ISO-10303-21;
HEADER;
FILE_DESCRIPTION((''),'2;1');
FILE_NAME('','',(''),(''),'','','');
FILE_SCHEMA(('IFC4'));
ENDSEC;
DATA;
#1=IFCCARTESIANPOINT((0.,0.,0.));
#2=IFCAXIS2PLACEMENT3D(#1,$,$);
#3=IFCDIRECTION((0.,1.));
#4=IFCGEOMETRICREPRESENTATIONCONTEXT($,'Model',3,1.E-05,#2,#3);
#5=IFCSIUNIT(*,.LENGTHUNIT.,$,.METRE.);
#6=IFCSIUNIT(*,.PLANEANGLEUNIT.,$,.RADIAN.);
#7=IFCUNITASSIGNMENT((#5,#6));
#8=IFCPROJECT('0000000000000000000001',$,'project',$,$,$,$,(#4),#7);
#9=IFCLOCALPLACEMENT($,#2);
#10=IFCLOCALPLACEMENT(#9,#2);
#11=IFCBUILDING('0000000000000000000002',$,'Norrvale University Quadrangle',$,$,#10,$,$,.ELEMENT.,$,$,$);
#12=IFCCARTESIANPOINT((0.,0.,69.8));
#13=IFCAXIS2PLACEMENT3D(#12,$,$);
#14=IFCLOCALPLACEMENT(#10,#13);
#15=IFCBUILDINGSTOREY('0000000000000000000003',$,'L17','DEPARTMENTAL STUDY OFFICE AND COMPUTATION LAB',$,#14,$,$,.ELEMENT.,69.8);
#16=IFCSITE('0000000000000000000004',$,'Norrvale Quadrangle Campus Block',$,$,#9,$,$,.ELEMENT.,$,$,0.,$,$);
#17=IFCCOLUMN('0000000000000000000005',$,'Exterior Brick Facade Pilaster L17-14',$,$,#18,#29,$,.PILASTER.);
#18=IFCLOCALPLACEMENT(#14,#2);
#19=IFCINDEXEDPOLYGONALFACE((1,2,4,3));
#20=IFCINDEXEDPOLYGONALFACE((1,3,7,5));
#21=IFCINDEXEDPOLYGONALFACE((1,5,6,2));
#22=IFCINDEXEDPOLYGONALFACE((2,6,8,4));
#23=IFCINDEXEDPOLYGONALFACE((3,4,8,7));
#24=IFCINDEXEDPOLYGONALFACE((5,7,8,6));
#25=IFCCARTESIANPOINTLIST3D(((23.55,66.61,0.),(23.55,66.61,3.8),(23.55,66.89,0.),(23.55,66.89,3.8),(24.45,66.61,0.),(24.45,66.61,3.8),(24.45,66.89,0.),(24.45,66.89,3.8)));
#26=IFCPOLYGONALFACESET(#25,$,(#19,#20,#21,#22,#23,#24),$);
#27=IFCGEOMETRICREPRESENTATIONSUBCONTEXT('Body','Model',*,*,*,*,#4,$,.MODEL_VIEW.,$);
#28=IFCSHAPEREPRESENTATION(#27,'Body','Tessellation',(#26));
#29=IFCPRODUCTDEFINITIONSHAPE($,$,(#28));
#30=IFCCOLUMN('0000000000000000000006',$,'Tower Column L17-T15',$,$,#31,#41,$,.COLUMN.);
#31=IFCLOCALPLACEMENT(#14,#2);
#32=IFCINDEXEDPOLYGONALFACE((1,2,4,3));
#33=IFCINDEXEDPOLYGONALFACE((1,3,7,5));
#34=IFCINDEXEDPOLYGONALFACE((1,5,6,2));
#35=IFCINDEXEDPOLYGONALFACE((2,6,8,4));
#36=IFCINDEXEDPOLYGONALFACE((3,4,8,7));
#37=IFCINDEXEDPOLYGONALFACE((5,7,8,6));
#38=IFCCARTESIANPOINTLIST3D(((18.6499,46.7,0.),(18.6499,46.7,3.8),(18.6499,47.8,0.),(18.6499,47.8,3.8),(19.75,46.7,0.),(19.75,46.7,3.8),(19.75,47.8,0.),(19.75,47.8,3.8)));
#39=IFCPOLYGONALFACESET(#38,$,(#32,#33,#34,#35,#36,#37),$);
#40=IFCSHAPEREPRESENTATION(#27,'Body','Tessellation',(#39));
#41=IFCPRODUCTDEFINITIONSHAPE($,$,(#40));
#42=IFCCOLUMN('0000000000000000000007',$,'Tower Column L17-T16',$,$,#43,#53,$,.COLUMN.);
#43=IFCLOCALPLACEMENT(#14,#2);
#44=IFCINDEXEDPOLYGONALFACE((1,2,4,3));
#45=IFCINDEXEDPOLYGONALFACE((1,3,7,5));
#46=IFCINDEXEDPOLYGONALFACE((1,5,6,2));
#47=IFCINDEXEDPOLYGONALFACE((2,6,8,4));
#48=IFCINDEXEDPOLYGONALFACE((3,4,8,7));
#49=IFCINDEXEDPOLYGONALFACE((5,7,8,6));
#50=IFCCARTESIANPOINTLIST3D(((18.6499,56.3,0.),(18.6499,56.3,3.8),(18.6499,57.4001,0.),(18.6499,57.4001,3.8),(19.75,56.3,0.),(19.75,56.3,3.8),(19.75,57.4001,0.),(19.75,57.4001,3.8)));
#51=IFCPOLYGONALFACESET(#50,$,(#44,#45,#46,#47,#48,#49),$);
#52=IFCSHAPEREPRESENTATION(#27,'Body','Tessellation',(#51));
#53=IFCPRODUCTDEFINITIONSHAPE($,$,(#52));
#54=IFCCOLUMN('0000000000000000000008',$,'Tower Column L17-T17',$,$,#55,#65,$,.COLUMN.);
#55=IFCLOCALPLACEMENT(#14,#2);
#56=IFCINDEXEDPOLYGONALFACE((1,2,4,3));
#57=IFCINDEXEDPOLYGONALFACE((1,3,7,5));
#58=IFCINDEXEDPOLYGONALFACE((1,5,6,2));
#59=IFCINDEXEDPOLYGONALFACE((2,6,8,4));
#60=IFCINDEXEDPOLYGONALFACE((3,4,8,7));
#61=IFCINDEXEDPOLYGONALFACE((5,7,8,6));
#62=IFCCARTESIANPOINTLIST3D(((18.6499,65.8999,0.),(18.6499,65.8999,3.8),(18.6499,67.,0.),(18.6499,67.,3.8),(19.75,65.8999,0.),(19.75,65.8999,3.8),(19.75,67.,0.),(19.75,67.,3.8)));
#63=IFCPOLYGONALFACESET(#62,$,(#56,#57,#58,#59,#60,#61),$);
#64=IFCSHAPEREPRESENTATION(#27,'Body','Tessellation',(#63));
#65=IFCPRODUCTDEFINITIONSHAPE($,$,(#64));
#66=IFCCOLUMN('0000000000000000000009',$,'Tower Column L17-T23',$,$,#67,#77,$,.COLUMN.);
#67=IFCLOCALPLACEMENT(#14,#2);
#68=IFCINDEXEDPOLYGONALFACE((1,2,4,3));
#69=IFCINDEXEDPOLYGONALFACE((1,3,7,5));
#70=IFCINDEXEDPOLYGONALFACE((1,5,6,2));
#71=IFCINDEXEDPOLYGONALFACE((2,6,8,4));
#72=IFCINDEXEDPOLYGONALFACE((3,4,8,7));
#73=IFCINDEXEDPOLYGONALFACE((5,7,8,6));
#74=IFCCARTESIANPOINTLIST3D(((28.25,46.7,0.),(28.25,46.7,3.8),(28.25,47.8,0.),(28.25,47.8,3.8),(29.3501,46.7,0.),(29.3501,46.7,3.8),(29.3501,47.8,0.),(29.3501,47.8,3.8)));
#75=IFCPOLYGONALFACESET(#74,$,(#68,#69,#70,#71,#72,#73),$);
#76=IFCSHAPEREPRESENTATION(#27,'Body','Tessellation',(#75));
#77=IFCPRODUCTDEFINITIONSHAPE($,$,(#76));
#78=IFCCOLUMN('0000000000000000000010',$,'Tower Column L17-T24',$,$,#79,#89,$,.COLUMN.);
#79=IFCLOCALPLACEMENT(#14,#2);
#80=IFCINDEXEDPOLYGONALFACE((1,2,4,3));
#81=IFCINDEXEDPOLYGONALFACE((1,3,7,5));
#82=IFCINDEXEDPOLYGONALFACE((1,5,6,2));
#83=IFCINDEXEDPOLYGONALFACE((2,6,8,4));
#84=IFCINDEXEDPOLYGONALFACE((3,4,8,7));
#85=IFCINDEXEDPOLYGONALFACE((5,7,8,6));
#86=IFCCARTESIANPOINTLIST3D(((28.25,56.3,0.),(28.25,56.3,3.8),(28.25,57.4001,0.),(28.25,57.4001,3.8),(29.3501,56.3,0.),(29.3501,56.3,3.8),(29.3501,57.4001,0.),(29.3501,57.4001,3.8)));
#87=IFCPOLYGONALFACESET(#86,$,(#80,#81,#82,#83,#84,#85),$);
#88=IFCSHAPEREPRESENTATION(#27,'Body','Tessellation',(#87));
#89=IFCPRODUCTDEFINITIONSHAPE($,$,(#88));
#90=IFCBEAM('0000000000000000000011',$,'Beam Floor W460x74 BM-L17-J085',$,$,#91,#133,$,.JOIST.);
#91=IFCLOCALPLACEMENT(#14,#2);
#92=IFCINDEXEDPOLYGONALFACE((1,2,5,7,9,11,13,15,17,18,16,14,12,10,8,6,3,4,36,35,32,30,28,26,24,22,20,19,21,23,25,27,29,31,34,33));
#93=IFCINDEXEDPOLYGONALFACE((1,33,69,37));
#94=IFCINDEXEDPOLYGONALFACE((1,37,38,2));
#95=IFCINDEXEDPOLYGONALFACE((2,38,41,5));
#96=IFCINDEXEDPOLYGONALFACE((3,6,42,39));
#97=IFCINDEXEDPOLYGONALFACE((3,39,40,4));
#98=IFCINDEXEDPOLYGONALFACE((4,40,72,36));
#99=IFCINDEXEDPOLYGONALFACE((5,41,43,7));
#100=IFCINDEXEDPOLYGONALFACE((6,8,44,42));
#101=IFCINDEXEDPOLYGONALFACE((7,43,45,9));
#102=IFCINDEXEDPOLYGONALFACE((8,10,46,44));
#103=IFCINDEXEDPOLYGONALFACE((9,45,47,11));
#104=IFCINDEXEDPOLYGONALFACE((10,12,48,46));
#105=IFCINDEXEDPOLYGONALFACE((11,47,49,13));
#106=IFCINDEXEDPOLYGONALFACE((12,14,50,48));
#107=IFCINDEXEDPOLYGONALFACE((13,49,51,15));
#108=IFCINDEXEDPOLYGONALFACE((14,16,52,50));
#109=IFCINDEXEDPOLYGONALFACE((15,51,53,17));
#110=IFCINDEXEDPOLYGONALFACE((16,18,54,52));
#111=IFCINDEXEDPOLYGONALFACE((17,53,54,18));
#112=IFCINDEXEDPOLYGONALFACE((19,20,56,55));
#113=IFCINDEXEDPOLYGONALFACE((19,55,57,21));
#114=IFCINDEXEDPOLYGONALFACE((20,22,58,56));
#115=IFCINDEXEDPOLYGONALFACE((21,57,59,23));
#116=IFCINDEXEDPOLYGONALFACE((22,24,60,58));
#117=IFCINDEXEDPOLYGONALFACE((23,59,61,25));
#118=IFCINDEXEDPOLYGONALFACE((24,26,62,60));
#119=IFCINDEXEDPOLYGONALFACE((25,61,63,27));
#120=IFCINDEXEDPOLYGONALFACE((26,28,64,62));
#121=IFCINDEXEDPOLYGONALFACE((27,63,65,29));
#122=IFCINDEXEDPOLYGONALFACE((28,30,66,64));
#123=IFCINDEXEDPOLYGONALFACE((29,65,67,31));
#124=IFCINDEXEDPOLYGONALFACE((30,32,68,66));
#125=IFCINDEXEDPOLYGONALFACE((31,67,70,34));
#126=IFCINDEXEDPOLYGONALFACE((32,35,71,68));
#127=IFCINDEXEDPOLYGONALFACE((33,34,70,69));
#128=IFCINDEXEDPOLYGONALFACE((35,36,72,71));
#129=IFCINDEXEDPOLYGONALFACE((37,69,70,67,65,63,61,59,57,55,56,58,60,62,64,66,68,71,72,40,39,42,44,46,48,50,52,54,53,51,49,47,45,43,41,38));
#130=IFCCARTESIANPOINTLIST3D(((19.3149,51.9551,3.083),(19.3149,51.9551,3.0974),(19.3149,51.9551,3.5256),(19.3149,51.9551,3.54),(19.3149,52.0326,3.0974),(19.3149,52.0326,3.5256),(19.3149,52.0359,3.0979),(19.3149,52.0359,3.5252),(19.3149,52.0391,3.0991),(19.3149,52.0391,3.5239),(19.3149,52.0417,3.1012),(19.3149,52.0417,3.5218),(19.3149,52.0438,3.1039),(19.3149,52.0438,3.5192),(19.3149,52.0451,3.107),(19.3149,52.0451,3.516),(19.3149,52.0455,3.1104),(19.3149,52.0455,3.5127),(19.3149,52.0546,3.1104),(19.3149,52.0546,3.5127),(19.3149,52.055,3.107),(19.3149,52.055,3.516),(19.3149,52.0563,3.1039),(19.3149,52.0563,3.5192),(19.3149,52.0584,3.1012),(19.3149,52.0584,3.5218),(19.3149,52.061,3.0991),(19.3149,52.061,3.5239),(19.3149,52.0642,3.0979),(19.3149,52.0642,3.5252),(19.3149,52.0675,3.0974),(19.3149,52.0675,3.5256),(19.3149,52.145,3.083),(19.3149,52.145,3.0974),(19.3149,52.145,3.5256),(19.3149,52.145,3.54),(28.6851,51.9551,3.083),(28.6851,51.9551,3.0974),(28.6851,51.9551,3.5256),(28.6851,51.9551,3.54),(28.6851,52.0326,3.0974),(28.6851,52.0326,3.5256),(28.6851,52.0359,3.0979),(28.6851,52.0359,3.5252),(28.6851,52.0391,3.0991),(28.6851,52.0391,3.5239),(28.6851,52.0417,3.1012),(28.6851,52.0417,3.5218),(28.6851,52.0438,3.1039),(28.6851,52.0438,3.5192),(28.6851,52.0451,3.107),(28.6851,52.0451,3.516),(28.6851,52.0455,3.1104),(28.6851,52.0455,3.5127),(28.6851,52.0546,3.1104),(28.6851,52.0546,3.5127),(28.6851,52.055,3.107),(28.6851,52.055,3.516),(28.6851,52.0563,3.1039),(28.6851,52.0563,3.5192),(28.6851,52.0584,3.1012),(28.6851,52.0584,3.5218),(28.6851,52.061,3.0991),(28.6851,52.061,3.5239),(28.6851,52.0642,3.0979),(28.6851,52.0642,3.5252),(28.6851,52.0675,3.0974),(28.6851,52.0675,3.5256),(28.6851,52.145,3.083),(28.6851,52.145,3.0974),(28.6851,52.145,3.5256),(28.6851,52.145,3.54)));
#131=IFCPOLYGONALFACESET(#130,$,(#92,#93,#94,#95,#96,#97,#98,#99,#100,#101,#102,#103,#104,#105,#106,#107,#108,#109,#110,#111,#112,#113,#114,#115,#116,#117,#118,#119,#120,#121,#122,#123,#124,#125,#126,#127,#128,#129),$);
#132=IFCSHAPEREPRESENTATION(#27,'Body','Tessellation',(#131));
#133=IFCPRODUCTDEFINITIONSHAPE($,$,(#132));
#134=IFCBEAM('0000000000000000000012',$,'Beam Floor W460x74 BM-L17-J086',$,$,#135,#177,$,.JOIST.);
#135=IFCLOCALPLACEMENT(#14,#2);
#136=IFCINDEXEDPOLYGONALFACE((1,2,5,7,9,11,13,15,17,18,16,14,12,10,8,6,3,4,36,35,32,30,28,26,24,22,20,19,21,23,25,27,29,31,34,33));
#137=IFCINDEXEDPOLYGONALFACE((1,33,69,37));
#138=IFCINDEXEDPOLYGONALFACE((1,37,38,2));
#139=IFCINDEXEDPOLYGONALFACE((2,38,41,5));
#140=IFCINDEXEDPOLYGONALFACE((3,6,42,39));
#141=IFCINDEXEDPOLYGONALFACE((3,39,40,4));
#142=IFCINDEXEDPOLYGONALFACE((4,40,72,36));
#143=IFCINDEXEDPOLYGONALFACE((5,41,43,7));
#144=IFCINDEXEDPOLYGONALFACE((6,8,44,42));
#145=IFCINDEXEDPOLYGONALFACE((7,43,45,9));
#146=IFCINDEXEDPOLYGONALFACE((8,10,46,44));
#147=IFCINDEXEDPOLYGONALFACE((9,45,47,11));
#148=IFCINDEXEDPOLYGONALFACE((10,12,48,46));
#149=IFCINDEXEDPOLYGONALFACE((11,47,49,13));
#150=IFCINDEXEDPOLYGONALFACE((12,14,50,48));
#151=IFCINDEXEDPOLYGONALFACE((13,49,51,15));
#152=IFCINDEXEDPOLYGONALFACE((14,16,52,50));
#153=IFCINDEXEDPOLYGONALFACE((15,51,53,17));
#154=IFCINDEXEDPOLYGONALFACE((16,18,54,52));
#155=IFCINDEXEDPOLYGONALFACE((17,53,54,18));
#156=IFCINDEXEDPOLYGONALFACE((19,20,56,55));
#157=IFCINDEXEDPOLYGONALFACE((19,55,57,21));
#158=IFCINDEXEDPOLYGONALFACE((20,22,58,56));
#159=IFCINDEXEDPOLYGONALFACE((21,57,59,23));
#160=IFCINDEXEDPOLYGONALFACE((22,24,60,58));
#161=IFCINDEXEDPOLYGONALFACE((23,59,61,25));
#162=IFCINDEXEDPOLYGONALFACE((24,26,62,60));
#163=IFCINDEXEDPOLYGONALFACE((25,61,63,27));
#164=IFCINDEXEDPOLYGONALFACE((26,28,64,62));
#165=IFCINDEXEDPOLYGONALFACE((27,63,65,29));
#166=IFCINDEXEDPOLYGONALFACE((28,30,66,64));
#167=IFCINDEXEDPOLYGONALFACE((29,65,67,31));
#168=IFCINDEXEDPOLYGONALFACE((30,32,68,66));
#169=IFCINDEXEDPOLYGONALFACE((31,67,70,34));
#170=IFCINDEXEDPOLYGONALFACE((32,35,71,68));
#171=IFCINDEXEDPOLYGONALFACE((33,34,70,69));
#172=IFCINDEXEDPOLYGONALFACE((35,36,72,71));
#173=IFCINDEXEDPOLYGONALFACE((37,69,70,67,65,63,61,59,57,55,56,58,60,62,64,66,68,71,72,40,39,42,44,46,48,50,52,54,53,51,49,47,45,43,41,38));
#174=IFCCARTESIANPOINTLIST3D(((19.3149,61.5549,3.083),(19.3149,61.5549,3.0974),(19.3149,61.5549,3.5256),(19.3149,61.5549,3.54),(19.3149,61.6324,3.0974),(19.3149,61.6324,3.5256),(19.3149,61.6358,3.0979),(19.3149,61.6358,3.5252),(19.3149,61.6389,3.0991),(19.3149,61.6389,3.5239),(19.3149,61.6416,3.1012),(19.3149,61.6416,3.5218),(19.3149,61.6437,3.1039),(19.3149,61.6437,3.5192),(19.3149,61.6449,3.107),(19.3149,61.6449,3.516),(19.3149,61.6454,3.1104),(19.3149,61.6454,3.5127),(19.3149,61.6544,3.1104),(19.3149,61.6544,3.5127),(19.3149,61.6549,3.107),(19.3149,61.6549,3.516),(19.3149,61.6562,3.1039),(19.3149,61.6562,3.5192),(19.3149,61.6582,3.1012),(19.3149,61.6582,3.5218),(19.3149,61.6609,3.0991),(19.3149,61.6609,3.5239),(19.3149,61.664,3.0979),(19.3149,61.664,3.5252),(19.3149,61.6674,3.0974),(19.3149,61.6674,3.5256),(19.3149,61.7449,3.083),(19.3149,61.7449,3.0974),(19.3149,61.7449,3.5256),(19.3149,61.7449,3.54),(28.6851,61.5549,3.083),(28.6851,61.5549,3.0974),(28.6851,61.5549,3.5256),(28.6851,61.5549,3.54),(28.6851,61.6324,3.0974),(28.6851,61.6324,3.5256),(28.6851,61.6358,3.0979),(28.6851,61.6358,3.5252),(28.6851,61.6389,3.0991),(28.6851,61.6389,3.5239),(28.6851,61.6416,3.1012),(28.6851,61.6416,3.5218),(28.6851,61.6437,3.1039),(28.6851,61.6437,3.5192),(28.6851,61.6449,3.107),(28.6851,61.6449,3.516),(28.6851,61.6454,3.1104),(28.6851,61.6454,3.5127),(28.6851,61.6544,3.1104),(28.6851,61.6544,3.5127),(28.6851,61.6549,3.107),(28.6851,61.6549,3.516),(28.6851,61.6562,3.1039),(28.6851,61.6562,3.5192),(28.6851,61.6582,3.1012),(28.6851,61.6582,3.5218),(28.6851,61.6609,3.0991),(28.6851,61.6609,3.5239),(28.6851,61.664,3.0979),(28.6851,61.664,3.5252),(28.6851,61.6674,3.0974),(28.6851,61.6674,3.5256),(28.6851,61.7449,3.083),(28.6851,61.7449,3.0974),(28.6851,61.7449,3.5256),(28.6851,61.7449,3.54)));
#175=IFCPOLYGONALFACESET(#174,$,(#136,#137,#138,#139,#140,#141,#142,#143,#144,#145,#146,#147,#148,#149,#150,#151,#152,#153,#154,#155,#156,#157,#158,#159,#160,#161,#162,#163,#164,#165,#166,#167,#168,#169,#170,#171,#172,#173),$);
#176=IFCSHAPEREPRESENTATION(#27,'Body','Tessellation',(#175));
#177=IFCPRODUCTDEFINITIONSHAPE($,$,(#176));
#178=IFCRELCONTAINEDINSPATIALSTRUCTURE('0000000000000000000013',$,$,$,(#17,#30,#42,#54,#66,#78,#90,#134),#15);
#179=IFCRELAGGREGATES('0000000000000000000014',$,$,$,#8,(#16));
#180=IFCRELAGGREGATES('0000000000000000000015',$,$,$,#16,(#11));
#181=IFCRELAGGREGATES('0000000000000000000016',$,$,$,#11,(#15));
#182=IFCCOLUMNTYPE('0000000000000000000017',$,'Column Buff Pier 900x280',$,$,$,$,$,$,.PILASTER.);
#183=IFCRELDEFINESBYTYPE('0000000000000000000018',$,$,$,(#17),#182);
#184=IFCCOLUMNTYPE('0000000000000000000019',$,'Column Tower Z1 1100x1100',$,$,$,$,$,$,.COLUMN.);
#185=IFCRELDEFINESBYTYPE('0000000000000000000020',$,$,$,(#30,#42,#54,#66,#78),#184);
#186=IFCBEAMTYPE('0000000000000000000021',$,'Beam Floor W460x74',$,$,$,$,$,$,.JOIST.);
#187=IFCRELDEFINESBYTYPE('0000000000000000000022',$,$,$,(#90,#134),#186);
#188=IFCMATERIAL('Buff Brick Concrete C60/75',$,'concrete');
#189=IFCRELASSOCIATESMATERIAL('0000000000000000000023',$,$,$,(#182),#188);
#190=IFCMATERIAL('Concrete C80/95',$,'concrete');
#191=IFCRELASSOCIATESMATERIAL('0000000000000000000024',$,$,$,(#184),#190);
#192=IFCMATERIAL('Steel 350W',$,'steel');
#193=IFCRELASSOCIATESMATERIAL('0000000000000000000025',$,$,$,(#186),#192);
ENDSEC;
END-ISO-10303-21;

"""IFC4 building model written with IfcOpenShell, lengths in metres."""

from ifc_helpers import new_model, si_unit, direction, frame, origin, origin_2d, place, context, subcontext, project, spatial, rectangle, i_section, extrude, material, material_profile, profile_set, type_object, element, save


model = new_model("IFC4")

# Units and contexts
model_context = context("Model", 3, precision=1e-05, world=origin(), true_north=direction((0.0, 1.0)))
body_context = subcontext(model_context, "Body", "Model", "MODEL_VIEW")
ifc_project = project(units=[si_unit("LENGTHUNIT", "METRE"), si_unit("PLANEANGLEUNIT", "RADIAN")], contexts=[model_context])

# Site, building, storey
site_placement = place(None, origin())
site = spatial("IfcSite", under=ifc_project, at=site_placement, Name="Norrvale Quadrangle Campus Block", CompositionType="ELEMENT", RefElevation=0.0)
building_placement = place(site_placement, origin())
building = spatial("IfcBuilding", under=site, at=building_placement, Name="Norrvale University Quadrangle", CompositionType="ELEMENT")
storey_placement = place(building_placement, frame((0.0, 0.0, 69.8)))
storey = spatial("IfcBuildingStorey", under=building, at=storey_placement, Name="L17", Description="DEPARTMENTAL STUDY OFFICE AND COMPUTATION LAB", CompositionType="ELEMENT", Elevation=69.8)

# Columns
ifc_material_1 = material(Name="Buff Brick Concrete C60/75", Category="concrete")
ifc_material_profile_1 = material_profile(ifc_material_1, rectangle(XDim=0.8999, YDim=0.28, at=origin_2d()), Name="Buff Brick Concrete C60/75")
ifc_profile_set_1 = profile_set([ifc_material_profile_1], Name="Buff Brick Concrete C60/75")
column_type_1 = type_object("IfcColumnType", Name="Column Buff Pier 900x280", PredefinedType="PILASTER", material=ifc_profile_set_1)
column_placement = place(storey_placement, frame((24.0, 66.75, 0.0), z_axis=(0.0, 0.0, 1.0), x_axis=(1.0, 0.0, 0.0)))
element("IfcColumn", 1, at=column_placement, inside=storey, type_object=column_type_1, Name="Exterior Brick Facade Pilaster L17-14", PredefinedType="PILASTER", context=body_context, shape_type="SweptSolid", body=[
    extrude(rectangle(XDim=0.8999, YDim=0.28, at=origin_2d()), origin(), (0.0, 0.0, 1.0), 3.8),
])
ifc_material_2 = material(Name="Concrete C80/95", Category="concrete")
ifc_material_profile_2 = material_profile(ifc_material_2, rectangle(XDim=1.1001, YDim=1.1001, at=origin_2d()), Name="Concrete C80/95")
ifc_profile_set_2 = profile_set([ifc_material_profile_2], Name="Concrete C80/95")
column_type_2 = type_object("IfcColumnType", Name="Column Tower Z1 1100x1100", PredefinedType="COLUMN", material=ifc_profile_set_2)
for number, where, z_axis, x_axis, name in (
    (2, (19.2, 47.25, 0.0), (0.0, 0.0, 1.0), (1.0, 0.0, 0.0), "Tower Column L17-T15"),
    (3, (19.2, 56.8501, 0.0), (0.0, 0.0, 1.0), (1.0, 0.0, 0.0), "Tower Column L17-T16"),
    (4, (19.2, 66.45, 0.0), (0.0, 0.0, 1.0), (1.0, 0.0, 0.0), "Tower Column L17-T17"),
    (5, (28.8, 47.25, 0.0), (0.0, 0.0, 1.0), (1.0, 0.0, 0.0), "Tower Column L17-T23"),
    (6, (28.8, 56.8501, 0.0), (0.0, 0.0, 1.0), (1.0, 0.0, 0.0), "Tower Column L17-T24"),
):
    element("IfcColumn", number, at=place(storey_placement, frame(where, z_axis=z_axis, x_axis=x_axis)), inside=storey, type_object=column_type_2, Name=name, PredefinedType="COLUMN", context=body_context, shape_type="SweptSolid", body=[
        extrude(rectangle(XDim=1.1001, YDim=1.1001, at=origin_2d()), origin(), (0.0, 0.0, 1.0), 3.8),
    ])

# Beams
ifc_material_3 = material(Name="Steel 350W", Category="steel")
ifc_material_profile_3 = material_profile(ifc_material_3, i_section(OverallWidth=0.1899, OverallDepth=0.457, WebThickness=0.009, FlangeThickness=0.0144, FilletRadius=0.0129, at=origin_2d()), Name="Steel 350W")
ifc_profile_set_3 = profile_set([ifc_material_profile_3], Name="Steel 350W")
beam_type_1 = type_object("IfcBeamType", Name="Beam Floor W460x74", PredefinedType="JOIST", material=ifc_profile_set_3)
for number, where, z_axis, x_axis, name in (
    (7, (19.3149, 52.05, 3.3115), (1.0, 0.0, 0.0), (0.0, 1.0, 0.0), "Beam Floor W460x74 BM-L17-J085"),
    (8, (19.3149, 61.6499, 3.3115), (1.0, 0.0, 0.0), (0.0, 1.0, 0.0), "Beam Floor W460x74 BM-L17-J086"),
):
    element("IfcBeam", number, at=place(storey_placement, frame(where, z_axis=z_axis, x_axis=x_axis)), inside=storey, type_object=beam_type_1, Name=name, PredefinedType="JOIST", context=body_context, shape_type="SweptSolid", body=[
        extrude(i_section(OverallWidth=0.1899, OverallDepth=0.457, WebThickness=0.009, FlangeThickness=0.0144, FilletRadius=0.0129, at=origin_2d()), origin(), (0.0, 0.0, 1.0), 9.3701),
    ])

save(model, "model.ifc")
